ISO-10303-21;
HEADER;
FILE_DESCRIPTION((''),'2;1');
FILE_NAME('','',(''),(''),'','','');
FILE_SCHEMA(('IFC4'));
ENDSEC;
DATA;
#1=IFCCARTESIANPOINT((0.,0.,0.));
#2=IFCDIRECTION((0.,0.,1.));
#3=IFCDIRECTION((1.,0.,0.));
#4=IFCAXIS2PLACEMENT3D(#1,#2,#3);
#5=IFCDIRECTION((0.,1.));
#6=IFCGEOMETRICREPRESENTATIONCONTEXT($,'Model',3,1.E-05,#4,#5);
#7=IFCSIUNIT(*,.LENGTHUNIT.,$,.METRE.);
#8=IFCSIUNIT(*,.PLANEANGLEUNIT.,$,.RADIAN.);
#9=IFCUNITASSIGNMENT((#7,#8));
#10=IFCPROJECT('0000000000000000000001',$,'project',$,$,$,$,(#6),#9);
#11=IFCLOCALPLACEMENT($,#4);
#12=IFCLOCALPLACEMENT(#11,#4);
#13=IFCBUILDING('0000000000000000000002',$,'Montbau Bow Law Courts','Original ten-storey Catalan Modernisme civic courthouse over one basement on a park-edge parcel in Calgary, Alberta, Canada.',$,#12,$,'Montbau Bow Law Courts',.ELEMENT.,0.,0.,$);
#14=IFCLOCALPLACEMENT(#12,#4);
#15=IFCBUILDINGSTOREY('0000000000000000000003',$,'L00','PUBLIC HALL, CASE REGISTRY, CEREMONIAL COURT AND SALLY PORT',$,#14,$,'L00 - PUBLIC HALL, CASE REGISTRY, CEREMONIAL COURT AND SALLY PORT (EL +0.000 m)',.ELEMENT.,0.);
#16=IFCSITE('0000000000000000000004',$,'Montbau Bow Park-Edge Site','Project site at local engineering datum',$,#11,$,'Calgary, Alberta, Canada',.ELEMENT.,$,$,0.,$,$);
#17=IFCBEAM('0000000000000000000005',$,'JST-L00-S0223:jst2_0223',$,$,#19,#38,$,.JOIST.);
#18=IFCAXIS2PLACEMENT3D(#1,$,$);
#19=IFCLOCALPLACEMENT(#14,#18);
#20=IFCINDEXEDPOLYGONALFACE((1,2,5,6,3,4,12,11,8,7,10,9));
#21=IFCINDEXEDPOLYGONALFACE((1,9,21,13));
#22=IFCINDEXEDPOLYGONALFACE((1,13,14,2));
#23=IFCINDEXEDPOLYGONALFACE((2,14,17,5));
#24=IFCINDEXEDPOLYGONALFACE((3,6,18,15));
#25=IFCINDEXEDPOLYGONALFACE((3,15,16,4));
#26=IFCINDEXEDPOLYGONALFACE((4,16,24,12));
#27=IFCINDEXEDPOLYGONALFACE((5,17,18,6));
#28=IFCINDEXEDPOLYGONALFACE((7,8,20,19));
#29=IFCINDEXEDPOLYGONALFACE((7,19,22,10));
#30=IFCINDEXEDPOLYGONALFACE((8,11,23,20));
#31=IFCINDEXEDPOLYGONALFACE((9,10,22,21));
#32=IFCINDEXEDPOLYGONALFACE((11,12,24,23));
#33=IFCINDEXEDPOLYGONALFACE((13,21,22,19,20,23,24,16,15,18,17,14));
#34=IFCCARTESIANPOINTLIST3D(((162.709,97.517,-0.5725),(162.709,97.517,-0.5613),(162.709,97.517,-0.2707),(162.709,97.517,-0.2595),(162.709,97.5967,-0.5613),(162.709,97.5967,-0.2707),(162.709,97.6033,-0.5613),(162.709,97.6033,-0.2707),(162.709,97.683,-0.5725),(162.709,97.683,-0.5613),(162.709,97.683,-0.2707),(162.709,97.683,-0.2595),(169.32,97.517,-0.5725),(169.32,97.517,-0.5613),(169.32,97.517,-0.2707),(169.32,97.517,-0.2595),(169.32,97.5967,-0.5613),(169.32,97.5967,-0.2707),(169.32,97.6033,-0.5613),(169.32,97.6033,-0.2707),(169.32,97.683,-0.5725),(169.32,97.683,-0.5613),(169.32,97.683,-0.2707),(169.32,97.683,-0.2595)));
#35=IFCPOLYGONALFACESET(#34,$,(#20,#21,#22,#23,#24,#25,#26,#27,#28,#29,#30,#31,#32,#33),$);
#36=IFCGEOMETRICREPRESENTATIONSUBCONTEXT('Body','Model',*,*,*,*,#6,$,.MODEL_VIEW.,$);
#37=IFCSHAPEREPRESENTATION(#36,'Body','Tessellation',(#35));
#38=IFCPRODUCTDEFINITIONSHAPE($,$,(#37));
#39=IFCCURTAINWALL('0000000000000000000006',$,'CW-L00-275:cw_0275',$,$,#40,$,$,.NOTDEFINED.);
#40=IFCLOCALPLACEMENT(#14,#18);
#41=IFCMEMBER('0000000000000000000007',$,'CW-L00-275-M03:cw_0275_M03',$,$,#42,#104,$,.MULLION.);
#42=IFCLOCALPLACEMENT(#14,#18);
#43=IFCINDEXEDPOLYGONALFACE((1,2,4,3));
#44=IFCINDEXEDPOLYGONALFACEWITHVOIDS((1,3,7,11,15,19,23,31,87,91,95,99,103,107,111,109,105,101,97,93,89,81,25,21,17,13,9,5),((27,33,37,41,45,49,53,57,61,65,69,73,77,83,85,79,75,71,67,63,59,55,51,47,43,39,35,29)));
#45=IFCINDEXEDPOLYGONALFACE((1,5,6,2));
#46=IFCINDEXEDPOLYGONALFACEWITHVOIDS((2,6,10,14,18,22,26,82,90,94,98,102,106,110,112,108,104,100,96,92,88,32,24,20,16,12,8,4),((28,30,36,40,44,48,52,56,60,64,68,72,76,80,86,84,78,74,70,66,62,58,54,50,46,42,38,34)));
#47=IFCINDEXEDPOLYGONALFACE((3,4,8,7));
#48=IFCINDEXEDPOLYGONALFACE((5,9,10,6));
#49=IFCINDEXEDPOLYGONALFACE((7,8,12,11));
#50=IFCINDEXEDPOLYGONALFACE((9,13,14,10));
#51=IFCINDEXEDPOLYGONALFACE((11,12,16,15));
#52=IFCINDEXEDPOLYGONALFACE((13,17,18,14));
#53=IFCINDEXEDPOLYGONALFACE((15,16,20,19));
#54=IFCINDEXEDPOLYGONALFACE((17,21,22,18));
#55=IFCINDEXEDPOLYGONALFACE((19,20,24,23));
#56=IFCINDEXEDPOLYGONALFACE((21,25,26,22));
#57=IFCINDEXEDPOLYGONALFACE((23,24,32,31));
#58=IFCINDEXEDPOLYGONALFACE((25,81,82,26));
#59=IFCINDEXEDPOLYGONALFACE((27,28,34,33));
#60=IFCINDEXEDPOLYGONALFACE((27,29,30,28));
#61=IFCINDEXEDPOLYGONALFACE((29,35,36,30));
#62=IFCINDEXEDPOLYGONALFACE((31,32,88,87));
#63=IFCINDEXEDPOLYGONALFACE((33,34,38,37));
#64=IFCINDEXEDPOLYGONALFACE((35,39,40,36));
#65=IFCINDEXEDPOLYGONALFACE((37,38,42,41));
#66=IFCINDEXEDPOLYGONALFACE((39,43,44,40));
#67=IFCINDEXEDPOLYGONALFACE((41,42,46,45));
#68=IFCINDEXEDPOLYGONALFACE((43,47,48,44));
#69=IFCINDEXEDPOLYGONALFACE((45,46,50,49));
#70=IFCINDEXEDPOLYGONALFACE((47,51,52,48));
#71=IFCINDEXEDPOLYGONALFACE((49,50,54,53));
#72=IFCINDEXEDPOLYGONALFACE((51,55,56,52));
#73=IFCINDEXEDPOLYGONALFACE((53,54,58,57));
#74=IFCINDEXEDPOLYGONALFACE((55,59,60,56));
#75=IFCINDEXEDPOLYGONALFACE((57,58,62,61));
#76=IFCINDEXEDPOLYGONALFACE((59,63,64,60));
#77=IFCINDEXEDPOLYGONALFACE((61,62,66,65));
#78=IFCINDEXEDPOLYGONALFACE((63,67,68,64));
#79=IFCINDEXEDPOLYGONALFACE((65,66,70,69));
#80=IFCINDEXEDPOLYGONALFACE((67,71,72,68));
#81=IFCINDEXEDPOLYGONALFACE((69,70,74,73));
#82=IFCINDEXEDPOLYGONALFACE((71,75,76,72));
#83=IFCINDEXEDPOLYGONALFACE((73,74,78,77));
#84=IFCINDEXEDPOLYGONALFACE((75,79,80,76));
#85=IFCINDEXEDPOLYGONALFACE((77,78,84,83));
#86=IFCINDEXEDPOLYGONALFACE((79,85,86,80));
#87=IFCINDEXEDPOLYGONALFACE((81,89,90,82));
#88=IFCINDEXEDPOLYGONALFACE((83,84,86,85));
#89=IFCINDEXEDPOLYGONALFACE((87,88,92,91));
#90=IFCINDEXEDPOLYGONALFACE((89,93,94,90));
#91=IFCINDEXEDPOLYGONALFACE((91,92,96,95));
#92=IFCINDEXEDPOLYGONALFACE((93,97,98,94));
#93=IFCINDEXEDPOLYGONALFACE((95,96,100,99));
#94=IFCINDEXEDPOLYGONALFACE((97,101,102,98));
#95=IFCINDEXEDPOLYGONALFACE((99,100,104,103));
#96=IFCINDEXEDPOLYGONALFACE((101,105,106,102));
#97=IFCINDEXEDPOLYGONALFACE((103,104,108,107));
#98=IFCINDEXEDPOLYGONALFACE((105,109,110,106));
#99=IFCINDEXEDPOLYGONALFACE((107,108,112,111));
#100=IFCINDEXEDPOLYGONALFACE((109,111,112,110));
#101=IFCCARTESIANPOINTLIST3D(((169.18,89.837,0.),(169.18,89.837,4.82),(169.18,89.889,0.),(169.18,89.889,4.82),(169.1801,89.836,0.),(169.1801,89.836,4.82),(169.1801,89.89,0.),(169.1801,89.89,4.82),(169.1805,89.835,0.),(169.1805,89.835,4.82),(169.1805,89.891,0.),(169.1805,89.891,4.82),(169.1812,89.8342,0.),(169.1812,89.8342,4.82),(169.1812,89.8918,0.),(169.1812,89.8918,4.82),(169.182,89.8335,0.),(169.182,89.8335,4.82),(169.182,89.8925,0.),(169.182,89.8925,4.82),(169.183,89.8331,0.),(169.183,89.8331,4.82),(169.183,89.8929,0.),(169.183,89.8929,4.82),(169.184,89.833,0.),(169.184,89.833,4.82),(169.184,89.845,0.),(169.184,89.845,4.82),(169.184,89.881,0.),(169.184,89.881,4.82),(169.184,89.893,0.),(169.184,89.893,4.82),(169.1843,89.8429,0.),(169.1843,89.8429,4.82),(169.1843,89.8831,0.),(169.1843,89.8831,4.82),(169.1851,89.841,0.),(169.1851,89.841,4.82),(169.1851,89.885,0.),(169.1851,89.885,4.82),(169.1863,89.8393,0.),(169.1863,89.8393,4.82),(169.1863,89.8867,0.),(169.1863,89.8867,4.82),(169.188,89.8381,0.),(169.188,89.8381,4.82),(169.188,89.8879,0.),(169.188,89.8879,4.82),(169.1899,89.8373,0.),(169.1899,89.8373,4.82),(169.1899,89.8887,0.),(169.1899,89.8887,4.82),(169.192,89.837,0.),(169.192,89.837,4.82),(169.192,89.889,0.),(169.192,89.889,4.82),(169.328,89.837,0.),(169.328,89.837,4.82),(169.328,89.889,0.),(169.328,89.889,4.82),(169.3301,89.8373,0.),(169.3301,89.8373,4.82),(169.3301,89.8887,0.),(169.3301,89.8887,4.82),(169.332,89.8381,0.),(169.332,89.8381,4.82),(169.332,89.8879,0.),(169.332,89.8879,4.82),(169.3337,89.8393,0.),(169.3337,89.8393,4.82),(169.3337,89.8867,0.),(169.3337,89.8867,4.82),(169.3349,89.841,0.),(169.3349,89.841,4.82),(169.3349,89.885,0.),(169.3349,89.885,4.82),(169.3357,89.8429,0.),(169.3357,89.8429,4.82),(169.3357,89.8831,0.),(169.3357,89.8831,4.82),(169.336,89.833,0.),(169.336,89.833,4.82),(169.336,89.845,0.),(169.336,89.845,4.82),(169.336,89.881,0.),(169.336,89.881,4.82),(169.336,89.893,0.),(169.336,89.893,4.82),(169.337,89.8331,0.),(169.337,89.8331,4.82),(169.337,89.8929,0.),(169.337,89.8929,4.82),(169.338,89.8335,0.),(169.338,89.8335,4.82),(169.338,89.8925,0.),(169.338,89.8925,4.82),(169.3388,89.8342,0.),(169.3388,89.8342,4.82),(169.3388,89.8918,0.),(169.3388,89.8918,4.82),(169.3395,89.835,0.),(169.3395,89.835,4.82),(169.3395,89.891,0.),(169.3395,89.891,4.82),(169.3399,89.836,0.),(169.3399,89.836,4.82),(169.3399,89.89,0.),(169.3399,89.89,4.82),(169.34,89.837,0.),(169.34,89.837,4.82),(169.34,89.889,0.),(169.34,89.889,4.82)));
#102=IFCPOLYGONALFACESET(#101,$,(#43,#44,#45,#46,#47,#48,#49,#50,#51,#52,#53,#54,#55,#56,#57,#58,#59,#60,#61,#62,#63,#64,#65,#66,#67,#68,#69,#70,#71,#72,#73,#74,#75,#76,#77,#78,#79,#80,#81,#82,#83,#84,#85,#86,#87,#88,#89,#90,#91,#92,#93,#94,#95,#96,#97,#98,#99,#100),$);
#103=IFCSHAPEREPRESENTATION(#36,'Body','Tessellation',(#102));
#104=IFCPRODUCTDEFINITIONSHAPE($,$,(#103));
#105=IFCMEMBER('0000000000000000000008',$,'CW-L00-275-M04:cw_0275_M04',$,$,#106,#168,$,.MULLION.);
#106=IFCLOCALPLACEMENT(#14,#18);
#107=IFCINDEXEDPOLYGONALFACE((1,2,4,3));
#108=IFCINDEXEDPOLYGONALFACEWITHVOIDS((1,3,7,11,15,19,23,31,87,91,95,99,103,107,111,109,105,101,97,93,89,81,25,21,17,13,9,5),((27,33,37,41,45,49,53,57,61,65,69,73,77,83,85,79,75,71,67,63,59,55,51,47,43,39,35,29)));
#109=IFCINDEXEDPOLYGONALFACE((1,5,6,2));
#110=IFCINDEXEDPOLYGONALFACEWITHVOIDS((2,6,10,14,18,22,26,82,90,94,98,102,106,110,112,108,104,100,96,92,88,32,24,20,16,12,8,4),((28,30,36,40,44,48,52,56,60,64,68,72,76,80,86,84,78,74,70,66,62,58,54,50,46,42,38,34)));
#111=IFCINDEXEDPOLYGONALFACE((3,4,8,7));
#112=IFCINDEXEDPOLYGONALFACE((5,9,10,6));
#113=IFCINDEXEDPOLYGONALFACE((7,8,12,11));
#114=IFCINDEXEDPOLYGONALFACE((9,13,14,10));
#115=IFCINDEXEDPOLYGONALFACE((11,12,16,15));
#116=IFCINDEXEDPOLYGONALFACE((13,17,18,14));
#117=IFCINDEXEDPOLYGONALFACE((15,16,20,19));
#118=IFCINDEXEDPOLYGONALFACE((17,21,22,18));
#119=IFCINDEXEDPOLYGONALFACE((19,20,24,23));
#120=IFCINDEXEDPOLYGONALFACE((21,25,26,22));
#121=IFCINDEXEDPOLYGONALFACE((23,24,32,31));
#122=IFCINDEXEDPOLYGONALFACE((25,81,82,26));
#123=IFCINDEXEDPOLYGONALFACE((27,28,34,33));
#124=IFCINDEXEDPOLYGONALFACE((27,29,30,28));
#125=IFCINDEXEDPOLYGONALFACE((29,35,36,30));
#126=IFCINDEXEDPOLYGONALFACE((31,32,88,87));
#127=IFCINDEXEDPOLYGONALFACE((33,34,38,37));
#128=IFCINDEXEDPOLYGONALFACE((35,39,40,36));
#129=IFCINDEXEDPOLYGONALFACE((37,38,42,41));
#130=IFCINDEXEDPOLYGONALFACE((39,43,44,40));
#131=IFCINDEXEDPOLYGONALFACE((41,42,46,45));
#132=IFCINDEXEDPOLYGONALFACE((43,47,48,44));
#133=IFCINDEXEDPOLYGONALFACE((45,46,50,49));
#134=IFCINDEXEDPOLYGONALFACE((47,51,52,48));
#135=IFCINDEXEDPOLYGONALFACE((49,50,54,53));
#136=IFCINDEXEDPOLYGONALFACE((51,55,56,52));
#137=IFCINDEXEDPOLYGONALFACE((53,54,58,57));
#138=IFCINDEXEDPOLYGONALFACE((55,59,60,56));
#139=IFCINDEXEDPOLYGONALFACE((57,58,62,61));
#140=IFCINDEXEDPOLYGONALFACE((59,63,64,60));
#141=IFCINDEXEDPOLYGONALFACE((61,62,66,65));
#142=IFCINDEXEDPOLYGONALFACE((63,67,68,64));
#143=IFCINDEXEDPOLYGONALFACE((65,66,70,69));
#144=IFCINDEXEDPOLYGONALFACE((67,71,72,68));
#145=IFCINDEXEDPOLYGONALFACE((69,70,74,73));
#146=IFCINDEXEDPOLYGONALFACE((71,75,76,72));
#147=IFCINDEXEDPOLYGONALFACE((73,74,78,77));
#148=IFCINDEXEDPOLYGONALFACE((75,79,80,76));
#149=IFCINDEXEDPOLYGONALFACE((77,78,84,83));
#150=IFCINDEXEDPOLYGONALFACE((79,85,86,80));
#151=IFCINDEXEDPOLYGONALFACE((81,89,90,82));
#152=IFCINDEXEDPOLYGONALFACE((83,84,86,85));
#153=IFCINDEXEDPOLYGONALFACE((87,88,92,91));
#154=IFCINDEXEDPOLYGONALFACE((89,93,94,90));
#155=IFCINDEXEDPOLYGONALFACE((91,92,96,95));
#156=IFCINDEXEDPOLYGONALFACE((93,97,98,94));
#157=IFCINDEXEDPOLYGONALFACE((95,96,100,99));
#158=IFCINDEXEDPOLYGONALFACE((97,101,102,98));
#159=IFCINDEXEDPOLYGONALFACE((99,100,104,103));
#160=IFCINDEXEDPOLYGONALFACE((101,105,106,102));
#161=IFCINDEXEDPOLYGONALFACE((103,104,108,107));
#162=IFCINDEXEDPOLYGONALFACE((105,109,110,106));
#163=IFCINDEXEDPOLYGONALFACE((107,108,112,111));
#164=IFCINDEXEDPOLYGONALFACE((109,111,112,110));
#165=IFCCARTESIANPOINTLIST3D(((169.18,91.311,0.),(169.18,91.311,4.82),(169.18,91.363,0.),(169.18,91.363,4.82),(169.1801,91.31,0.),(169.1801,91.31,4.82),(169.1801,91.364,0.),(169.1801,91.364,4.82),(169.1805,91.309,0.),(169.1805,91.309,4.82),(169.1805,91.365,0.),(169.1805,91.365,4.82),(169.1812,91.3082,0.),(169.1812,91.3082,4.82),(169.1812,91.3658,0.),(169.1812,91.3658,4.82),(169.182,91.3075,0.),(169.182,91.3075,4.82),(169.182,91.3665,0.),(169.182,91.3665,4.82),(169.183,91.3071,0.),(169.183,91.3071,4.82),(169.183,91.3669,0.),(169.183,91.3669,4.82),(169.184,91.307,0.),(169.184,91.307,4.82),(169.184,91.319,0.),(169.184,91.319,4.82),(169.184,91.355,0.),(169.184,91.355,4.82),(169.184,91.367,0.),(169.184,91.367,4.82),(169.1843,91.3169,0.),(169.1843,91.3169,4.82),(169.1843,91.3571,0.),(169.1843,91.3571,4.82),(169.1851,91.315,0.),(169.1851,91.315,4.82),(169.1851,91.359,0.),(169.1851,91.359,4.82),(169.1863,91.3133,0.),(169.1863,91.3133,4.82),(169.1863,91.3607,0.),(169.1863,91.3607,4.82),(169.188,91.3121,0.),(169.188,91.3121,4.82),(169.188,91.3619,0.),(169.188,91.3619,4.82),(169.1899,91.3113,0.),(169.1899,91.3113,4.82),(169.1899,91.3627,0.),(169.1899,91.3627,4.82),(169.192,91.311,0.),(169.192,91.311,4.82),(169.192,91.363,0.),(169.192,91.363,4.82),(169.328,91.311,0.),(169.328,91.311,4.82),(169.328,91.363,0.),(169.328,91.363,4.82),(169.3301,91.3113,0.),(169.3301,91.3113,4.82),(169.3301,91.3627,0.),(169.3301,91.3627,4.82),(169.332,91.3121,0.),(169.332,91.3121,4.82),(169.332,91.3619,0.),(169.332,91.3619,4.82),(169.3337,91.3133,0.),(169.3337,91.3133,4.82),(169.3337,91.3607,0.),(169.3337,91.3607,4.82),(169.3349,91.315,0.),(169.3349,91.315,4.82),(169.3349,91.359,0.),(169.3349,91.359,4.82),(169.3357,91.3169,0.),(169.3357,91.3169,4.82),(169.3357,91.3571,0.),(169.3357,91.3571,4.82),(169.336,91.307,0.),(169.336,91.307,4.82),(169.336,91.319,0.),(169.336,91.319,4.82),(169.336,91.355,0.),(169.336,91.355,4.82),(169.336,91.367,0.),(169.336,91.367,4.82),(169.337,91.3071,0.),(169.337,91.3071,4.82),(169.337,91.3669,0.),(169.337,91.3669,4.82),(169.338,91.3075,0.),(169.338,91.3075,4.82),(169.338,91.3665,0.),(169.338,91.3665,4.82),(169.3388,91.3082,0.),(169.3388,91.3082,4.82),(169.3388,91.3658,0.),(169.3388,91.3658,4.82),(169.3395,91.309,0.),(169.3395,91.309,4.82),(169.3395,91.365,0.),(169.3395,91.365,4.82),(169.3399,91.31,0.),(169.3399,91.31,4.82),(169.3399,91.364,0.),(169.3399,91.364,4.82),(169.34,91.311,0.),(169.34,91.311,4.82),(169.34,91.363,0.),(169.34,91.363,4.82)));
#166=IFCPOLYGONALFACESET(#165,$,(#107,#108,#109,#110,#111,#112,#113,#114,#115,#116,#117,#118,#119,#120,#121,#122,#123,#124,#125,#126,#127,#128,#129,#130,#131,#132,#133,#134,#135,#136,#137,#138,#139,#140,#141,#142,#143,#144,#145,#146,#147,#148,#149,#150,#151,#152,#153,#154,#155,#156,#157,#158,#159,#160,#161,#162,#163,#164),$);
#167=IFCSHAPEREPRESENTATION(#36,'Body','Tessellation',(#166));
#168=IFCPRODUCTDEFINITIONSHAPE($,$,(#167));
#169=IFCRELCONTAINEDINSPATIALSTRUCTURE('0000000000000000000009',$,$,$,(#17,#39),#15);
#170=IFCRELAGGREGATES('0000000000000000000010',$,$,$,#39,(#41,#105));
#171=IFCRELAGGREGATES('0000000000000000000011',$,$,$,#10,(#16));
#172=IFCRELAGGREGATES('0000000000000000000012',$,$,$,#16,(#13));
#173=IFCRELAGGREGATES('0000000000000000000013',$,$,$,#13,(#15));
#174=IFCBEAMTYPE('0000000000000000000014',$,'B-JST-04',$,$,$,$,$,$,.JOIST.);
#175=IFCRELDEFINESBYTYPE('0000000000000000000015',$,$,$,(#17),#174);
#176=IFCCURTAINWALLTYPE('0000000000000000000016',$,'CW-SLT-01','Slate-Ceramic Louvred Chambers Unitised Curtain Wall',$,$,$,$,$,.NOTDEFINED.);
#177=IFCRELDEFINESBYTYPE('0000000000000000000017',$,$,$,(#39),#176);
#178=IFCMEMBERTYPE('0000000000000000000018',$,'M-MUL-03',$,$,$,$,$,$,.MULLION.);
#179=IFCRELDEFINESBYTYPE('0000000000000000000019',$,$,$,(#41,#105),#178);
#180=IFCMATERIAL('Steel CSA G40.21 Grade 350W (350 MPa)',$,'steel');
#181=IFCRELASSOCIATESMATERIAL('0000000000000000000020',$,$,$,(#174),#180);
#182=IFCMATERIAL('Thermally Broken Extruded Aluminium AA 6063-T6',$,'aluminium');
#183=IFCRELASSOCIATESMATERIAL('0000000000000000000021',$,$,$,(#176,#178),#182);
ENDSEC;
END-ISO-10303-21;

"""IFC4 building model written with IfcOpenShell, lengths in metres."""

from ifc_helpers import new_model, si_unit, direction, frame, origin_with_axes, origin_2d_with_axis, place, context, subcontext, project, spatial, hollow_rectangle, i_section, extrude, material, material_profile, profile_set, type_object, element, aggregate, save


model = new_model("IFC4")

# Units and contexts
model_context = context("Model", 3, precision=1e-05, world=origin_with_axes(), true_north=direction((0.0, 1.0)))
body_context = subcontext(model_context, "Body", "Model", "MODEL_VIEW")
ifc_project = project(units=[si_unit("LENGTHUNIT", "METRE"), si_unit("PLANEANGLEUNIT", "RADIAN")], contexts=[model_context])

# Site, building, storey
site_placement = place(None, origin_with_axes())
site = spatial("IfcSite", under=ifc_project, at=site_placement, Name="Montbau Bow Park-Edge Site", Description="Project site at local engineering datum", LongName="Calgary, Alberta, Canada", CompositionType="ELEMENT", RefElevation=0.0)
building_placement = place(site_placement, origin_with_axes())
building = spatial("IfcBuilding", under=site, at=building_placement, Name="Montbau Bow Law Courts", Description="Original ten-storey Catalan Modernisme civic courthouse over one basement on a park-edge parcel in Calgary, Alberta, Canada.", LongName="Montbau Bow Law Courts", CompositionType="ELEMENT", ElevationOfRefHeight=0.0, ElevationOfTerrain=0.0)
storey_placement = place(building_placement, origin_with_axes())
storey = spatial("IfcBuildingStorey", under=building, at=storey_placement, Name="L00", Description="PUBLIC HALL, CASE REGISTRY, CEREMONIAL COURT AND SALLY PORT", LongName="L00 - PUBLIC HALL, CASE REGISTRY, CEREMONIAL COURT AND SALLY PORT (EL +0.000 m)", CompositionType="ELEMENT", Elevation=0.0)

# Shared definitions
ifc_material_1 = material(Name="Steel CSA G40.21 Grade 350W (350 MPa)", Category="steel")

# Beam
ifc_material_profile_1 = material_profile(ifc_material_1, i_section(OverallWidth=0.166, OverallDepth=0.313, WebThickness=0.0066, FlangeThickness=0.0112, at=origin_2d_with_axis()), Name="W310X45", Category="Main", Priority=0)
ifc_profile_set_1 = profile_set([ifc_material_profile_1], Name="Steel CSA G40.21 Grade 350W (350 MPa)")
beam_type_1 = type_object("IfcBeamType", Name="B-JST-04", PredefinedType="JOIST", material=ifc_profile_set_1)
beam_1_placement = place(None, frame((162.709, 97.6, -0.416), z_axis=(1.0, 0.0, 0.0), x_axis=(0.0, 1.0, 0.0)))
element("IfcBeam", 1, at=beam_1_placement, inside=storey, type_object=beam_type_1, Name="JST-L00-S0223:jst2_0223", PredefinedType="JOIST", context=body_context, shape_type="SweptSolid", body=[
    extrude(i_section(OverallWidth=0.166, OverallDepth=0.313, WebThickness=0.0066, FlangeThickness=0.0112, at=origin_2d_with_axis()), origin_with_axes(), (0.0, 0.0, 1.0), 6.611),
])

# Curtain wall, members
ifc_material_2 = material(Name="Thermally Broken Extruded Aluminium AA 6063-T6", Category="aluminium")
curtain_wall_type = type_object("IfcCurtainWallType", Name="CW-SLT-01", Description="Slate-Ceramic Louvred Chambers Unitised Curtain Wall", PredefinedType="NOTDEFINED", material=ifc_material_2)
curtain_wall_placement = place(None, frame((169.26, 86.915, 0.0), z_axis=(0.0, 0.0, 1.0), x_axis=(1.0, 0.0, 0.0)))
curtain_wall = element("IfcCurtainWall", 2, at=curtain_wall_placement, inside=storey, type_object=curtain_wall_type, Name="CW-L00-275:cw_0275", PredefinedType="NOTDEFINED")
ifc_material_profile_2 = material_profile(ifc_material_2, hollow_rectangle(XDim=0.06, YDim=0.16, WallThickness=0.004, InnerFilletRadius=0.008, OuterFilletRadius=0.004, at=origin_2d_with_axis()), Name="CWM-160X60", Category="Main", Priority=0)
ifc_profile_set_2 = profile_set([ifc_material_profile_2], Name="Thermally Broken Extruded Aluminium AA 6063-T6")
member_type_1 = type_object("IfcMemberType", Name="M-MUL-03", PredefinedType="MULLION", material=ifc_profile_set_2)
member_1_placement = place(None, frame((169.26, 89.863, 0.0), z_axis=(0.0, 0.0, 1.0), x_axis=(0.0, 1.0, 0.0)))
member_1 = element("IfcMember", 3, at=member_1_placement, type_object=member_type_1, Name="CW-L00-275-M03:cw_0275_M03", PredefinedType="MULLION", context=body_context, shape_type="SweptSolid", body=[
    extrude(hollow_rectangle(XDim=0.06, YDim=0.16, WallThickness=0.004, InnerFilletRadius=0.008, OuterFilletRadius=0.004, at=origin_2d_with_axis()), origin_with_axes(), (0.0, 0.0, 1.0), 4.82),
])
member_2_placement = place(None, frame((169.26, 91.337, 0.0), z_axis=(0.0, 0.0, 1.0), x_axis=(0.0, 1.0, 0.0)))
member_2 = element("IfcMember", 4, at=member_2_placement, type_object=member_type_1, Name="CW-L00-275-M04:cw_0275_M04", PredefinedType="MULLION", context=body_context, shape_type="SweptSolid", body=[
    extrude(hollow_rectangle(XDim=0.06, YDim=0.16, WallThickness=0.004, InnerFilletRadius=0.008, OuterFilletRadius=0.004, at=origin_2d_with_axis()), origin_with_axes(), (0.0, 0.0, 1.0), 4.82),
])

aggregate(curtain_wall, [member_1, member_2])

save(model, "model.ifc")
